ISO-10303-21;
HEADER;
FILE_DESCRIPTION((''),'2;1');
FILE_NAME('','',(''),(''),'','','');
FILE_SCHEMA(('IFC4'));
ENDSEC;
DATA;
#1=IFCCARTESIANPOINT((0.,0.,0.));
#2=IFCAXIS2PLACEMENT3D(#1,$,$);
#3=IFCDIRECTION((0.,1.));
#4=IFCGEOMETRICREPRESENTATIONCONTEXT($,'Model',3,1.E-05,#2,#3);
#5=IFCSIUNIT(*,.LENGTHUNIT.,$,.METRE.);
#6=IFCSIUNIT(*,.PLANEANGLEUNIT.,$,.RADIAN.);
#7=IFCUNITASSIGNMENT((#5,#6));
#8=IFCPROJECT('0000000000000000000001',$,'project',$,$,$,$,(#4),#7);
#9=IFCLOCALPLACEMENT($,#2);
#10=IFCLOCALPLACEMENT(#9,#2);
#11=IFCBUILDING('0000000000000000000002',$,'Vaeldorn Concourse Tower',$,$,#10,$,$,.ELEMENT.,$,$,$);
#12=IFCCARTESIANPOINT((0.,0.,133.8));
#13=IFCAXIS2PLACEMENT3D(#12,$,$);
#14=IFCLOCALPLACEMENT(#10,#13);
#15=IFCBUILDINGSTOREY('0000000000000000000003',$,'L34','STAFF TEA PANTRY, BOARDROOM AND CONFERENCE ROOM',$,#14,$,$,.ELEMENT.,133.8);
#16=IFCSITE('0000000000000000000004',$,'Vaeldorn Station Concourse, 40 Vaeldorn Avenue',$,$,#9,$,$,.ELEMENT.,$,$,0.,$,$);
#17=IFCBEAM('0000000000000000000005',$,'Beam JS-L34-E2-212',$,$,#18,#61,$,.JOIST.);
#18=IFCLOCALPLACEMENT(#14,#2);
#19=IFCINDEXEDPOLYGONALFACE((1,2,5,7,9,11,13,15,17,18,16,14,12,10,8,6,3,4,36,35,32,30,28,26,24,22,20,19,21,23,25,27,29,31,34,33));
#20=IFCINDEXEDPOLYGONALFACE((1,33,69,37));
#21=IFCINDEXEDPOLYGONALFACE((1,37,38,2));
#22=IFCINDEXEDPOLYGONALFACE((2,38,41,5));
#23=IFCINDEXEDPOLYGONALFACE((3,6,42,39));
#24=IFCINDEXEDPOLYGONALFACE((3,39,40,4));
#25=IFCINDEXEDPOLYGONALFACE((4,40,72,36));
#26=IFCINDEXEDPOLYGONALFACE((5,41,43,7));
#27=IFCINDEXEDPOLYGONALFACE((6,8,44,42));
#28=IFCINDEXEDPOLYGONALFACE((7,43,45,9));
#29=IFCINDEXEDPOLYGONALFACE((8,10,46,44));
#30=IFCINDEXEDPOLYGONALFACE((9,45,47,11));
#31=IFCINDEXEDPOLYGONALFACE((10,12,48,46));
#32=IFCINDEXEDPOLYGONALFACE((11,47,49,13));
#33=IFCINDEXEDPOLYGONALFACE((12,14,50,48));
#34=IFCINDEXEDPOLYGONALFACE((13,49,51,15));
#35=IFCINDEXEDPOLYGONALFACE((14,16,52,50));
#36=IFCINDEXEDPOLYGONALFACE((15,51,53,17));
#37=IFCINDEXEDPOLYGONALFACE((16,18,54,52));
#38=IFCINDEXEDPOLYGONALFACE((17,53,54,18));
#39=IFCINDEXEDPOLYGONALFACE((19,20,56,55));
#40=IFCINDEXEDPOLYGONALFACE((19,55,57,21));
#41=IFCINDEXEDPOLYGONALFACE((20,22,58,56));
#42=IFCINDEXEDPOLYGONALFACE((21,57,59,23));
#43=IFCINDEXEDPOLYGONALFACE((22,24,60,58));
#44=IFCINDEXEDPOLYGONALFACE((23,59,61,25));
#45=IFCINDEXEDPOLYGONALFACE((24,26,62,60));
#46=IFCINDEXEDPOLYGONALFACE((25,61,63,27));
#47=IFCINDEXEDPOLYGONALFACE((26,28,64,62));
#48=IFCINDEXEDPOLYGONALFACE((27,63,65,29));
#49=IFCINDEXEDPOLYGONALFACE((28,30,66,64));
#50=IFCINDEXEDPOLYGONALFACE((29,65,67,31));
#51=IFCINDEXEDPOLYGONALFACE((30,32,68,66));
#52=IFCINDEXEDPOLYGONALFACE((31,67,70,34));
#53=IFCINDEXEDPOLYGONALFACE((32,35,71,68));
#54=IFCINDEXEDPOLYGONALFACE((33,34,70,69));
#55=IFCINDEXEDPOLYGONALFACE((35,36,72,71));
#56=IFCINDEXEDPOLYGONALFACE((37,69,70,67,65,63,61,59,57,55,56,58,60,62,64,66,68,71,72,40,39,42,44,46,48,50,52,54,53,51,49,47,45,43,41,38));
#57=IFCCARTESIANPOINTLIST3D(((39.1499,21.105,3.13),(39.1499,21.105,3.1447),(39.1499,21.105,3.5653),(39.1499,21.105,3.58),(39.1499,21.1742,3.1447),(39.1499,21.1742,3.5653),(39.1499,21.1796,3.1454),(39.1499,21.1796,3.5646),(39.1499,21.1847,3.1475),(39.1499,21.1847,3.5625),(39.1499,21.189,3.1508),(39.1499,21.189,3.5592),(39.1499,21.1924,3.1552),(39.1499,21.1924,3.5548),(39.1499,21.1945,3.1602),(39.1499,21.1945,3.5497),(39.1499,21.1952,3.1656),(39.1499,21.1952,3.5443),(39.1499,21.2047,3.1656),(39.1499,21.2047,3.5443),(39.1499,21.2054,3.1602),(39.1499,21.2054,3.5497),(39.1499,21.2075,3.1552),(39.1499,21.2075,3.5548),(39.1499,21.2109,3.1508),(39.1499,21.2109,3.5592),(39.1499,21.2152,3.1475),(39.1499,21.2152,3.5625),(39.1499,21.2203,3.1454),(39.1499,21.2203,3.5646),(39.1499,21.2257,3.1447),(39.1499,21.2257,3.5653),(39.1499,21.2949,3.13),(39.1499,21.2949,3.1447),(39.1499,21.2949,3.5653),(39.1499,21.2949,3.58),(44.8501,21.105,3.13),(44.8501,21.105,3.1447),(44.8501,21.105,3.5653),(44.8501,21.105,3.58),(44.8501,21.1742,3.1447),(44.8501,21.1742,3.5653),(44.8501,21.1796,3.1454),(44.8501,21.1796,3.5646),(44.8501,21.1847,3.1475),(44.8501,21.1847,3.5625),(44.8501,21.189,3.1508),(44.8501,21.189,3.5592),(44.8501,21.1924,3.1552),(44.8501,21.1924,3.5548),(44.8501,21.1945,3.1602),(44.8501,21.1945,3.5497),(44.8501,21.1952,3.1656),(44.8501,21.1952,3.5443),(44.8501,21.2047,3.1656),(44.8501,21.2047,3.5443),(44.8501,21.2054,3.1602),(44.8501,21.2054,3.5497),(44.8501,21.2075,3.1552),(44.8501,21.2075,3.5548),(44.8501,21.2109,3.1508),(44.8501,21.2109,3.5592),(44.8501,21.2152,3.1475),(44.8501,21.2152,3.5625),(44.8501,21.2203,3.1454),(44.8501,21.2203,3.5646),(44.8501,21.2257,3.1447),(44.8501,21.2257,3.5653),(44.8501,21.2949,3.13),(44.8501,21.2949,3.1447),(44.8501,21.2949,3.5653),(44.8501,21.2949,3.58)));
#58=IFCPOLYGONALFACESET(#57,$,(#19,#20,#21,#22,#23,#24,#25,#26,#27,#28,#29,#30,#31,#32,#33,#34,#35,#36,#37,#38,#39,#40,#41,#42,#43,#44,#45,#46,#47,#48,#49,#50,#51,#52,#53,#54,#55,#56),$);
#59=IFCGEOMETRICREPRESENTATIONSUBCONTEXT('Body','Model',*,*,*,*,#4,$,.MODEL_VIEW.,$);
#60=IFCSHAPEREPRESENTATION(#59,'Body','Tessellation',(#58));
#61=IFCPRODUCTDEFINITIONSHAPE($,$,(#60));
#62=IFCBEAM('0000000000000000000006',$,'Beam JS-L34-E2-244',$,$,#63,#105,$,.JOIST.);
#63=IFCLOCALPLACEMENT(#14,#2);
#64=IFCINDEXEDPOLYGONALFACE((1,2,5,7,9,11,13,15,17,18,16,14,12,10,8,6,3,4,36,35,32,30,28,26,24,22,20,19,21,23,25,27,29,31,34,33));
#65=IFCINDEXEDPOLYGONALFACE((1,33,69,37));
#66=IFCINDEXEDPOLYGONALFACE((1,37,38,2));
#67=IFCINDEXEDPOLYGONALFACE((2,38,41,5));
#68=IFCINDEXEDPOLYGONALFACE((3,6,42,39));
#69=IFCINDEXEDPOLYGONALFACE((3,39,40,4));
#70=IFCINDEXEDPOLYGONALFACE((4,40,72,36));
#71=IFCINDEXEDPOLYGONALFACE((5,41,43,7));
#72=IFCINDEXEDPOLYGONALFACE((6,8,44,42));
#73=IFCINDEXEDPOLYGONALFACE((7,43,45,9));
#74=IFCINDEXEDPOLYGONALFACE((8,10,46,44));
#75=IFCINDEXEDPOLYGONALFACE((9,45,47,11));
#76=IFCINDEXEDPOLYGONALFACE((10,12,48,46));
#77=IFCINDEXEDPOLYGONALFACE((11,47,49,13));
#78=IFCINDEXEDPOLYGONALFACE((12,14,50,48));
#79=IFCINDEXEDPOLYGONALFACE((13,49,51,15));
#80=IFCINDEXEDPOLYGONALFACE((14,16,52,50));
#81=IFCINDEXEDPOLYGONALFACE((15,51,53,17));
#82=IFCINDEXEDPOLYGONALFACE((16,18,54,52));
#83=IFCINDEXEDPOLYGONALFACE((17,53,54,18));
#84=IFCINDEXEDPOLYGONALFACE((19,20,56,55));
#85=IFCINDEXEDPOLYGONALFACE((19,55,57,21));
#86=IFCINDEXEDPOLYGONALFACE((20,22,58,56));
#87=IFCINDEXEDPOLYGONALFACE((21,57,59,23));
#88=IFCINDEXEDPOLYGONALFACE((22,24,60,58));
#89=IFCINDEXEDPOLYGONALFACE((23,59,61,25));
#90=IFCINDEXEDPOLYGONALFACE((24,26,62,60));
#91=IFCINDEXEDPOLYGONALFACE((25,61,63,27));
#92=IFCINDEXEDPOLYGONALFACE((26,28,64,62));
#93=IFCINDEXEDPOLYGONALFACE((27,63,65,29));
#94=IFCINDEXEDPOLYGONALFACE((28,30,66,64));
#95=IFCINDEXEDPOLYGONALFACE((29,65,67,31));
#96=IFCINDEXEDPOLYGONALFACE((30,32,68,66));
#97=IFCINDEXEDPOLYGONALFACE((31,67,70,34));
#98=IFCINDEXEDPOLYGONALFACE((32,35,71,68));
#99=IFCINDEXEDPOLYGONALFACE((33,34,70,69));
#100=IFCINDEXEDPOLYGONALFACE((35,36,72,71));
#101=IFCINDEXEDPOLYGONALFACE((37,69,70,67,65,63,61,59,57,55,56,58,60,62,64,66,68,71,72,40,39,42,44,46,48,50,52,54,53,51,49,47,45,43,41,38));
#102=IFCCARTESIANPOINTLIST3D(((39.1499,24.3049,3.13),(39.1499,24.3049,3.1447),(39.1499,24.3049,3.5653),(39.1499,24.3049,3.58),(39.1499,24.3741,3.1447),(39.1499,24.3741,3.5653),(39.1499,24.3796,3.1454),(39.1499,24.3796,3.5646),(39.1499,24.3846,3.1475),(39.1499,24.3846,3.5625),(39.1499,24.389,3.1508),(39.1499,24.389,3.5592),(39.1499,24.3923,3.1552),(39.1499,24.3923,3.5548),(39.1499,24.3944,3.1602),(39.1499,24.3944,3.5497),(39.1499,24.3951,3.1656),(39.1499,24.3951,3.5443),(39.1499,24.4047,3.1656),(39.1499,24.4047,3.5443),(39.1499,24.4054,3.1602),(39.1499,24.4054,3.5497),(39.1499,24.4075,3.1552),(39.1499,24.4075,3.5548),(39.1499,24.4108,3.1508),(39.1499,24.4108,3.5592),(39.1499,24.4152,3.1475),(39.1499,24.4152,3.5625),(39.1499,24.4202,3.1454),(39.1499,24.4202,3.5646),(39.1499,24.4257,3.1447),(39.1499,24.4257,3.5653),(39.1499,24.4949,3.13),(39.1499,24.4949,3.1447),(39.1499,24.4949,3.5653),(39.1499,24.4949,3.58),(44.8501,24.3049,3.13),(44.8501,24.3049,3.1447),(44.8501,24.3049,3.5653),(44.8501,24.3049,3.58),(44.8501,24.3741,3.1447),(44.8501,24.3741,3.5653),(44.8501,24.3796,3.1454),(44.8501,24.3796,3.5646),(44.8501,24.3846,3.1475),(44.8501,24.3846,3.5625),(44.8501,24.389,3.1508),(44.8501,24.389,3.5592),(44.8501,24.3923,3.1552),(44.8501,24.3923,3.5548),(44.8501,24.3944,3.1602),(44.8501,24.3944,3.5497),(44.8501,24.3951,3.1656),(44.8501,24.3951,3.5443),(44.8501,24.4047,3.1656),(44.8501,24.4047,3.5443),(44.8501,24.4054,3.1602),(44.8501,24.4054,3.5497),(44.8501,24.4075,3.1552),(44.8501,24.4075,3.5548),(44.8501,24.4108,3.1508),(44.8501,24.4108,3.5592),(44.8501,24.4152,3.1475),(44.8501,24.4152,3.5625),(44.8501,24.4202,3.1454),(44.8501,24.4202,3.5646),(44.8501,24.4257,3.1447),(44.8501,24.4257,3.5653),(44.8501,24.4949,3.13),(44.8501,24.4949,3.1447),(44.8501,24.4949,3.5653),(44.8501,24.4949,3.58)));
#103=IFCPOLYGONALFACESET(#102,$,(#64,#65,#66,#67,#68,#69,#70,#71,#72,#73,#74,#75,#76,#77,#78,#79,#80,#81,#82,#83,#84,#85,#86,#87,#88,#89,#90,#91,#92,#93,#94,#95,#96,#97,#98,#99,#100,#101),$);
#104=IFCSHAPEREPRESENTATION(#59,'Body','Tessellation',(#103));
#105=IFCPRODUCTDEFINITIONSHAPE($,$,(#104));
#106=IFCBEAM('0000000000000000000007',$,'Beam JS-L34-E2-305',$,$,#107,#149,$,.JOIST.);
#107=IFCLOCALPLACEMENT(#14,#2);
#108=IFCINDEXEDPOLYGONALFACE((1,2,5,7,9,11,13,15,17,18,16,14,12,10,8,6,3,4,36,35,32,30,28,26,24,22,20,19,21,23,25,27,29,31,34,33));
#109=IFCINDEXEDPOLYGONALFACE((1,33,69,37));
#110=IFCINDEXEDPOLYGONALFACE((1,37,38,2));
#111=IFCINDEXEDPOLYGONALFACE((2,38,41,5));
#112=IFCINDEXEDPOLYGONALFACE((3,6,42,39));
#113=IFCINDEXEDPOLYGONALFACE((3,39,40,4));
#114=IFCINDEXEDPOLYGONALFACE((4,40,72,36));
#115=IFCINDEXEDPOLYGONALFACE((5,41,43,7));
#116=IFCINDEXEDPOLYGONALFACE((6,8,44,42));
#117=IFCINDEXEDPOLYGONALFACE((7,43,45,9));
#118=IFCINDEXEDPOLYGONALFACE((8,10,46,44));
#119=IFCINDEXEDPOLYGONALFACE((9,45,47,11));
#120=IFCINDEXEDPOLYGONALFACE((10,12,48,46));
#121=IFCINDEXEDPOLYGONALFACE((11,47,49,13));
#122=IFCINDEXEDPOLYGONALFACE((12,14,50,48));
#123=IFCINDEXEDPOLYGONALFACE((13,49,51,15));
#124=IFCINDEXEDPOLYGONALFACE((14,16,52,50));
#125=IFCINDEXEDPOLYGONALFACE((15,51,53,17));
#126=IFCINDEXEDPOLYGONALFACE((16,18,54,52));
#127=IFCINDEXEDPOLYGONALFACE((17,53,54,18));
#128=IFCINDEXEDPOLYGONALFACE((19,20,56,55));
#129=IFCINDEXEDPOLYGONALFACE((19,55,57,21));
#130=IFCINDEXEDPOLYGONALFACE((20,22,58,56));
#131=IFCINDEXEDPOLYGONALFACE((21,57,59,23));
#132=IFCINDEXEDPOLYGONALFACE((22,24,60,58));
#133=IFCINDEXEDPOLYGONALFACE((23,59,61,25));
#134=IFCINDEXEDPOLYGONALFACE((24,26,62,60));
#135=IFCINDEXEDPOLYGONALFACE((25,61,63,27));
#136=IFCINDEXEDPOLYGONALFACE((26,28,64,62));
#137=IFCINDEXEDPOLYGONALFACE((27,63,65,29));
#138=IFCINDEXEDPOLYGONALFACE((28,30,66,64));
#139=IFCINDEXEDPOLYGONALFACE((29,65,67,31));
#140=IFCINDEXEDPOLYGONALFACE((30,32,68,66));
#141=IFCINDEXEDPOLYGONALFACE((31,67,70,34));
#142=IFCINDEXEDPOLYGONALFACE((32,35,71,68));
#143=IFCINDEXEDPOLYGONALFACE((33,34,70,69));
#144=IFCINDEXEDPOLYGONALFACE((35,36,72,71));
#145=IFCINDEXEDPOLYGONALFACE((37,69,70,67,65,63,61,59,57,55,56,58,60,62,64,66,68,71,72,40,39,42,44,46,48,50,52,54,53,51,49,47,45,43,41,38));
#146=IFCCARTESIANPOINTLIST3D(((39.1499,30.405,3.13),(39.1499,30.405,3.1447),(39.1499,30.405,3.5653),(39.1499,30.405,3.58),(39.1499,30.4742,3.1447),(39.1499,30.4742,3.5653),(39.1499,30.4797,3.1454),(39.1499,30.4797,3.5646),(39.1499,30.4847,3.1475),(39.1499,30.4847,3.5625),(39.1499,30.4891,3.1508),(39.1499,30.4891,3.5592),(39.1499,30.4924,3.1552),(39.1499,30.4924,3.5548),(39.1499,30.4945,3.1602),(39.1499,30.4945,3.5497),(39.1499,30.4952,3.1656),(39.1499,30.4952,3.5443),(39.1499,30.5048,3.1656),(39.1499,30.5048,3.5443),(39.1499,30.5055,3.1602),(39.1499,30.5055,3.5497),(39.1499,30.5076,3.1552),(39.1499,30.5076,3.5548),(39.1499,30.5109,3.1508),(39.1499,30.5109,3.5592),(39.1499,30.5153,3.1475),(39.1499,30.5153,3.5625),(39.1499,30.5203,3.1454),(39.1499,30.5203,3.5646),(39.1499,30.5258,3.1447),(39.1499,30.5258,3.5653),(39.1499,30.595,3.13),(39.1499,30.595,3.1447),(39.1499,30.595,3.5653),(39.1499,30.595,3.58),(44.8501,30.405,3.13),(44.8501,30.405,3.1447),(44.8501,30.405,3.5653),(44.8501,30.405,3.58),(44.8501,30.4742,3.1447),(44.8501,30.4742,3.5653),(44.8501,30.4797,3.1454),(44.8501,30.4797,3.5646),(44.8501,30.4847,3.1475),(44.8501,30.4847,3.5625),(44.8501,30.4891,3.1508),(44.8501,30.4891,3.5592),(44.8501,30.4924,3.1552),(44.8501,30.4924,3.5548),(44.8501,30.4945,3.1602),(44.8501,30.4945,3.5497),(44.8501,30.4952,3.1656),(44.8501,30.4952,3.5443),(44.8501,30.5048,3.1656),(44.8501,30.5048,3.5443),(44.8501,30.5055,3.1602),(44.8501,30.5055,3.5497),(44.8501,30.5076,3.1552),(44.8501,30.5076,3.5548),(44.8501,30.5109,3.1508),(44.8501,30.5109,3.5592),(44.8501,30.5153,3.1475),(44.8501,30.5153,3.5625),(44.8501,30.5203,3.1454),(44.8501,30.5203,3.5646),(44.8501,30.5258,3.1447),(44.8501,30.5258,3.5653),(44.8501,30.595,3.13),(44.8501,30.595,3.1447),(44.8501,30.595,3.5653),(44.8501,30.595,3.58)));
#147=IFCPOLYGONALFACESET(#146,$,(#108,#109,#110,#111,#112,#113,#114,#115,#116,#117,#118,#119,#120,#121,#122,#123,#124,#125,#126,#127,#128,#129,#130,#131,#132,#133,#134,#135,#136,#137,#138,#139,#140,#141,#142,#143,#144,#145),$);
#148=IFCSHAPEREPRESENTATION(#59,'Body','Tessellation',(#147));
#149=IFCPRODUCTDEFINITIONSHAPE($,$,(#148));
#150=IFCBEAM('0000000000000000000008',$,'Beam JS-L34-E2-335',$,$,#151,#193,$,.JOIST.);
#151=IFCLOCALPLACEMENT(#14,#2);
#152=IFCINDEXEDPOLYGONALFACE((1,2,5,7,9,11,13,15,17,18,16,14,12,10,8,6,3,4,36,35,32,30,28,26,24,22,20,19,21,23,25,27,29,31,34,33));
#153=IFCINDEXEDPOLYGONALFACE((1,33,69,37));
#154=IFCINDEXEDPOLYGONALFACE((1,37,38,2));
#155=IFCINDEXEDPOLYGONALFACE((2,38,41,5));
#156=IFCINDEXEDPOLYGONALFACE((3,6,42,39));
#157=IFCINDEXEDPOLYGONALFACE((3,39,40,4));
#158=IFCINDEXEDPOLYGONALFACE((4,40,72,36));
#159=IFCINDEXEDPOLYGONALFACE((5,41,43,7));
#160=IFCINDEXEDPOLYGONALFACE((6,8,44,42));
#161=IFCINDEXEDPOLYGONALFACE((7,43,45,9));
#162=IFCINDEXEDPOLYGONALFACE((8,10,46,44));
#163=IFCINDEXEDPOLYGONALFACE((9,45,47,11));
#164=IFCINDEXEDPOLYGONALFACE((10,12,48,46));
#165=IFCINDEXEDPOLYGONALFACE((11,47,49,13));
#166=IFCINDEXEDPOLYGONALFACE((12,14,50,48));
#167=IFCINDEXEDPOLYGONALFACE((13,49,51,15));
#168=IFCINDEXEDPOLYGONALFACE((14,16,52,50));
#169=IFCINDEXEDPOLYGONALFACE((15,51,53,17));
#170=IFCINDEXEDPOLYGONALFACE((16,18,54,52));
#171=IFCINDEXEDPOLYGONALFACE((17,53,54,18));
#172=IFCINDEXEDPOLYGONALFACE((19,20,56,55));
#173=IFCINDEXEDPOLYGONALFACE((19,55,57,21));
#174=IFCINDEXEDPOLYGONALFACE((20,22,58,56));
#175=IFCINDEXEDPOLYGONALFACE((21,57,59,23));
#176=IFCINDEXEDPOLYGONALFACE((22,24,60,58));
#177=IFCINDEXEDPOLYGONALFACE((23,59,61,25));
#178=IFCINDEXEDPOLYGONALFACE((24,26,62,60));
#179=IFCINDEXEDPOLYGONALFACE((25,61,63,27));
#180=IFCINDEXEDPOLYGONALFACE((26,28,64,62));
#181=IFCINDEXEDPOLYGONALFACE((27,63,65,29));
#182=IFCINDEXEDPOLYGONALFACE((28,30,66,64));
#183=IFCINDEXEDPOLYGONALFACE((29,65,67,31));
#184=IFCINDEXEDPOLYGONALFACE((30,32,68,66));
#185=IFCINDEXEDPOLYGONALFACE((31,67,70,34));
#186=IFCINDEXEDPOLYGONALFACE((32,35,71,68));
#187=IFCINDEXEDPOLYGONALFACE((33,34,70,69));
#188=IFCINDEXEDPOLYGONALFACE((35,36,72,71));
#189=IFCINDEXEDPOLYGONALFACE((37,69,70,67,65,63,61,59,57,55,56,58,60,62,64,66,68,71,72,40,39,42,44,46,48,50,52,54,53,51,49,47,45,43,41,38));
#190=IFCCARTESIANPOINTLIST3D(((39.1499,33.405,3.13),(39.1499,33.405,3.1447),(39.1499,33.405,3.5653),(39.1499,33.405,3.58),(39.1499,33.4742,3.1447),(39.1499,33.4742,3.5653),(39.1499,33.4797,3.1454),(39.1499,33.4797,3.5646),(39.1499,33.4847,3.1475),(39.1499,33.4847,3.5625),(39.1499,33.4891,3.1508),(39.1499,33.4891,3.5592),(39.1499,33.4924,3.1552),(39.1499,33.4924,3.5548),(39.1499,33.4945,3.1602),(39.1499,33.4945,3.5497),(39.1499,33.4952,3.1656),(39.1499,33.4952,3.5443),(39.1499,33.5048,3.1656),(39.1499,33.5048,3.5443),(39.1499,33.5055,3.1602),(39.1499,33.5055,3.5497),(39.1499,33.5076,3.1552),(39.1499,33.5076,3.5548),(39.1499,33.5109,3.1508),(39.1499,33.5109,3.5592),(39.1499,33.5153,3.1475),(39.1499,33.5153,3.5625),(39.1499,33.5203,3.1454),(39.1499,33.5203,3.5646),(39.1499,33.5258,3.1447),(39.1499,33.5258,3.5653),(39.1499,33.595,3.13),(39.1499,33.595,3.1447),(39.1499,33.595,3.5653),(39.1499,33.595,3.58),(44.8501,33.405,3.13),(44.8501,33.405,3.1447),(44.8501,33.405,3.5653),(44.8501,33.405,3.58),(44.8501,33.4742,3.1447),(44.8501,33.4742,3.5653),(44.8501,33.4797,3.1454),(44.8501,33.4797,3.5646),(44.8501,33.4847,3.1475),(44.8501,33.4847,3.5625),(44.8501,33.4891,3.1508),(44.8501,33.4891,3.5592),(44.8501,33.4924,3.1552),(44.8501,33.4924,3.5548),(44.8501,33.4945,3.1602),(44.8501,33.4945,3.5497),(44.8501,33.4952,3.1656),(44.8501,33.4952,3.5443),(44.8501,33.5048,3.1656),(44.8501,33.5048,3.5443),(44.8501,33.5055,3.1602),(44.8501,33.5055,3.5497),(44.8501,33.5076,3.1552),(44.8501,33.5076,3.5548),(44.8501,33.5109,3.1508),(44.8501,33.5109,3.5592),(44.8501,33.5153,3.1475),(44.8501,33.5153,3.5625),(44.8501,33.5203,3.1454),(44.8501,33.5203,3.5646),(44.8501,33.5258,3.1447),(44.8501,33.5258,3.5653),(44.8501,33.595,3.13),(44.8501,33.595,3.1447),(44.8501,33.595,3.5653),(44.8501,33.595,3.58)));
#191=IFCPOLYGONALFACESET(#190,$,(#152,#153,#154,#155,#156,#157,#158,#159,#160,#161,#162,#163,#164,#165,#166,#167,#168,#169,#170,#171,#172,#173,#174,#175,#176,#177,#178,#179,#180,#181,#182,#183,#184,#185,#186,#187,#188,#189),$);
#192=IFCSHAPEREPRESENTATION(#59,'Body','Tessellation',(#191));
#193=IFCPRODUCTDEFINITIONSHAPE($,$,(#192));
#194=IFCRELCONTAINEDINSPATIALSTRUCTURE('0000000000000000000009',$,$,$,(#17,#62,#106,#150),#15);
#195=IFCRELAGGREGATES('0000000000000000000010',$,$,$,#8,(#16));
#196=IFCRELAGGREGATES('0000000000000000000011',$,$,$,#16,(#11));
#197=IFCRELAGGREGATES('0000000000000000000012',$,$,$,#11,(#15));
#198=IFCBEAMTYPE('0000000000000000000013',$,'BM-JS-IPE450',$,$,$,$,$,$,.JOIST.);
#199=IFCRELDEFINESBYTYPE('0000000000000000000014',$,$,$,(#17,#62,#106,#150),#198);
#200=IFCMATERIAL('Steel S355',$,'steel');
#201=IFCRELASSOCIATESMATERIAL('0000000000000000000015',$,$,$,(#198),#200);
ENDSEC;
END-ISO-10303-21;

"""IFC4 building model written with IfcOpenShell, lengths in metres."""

from ifc_helpers import new_model, si_unit, direction, frame, origin, origin_2d, place, context, subcontext, project, spatial, i_section, extrude, source, transform, mapped, material, material_profile, profile_set, type_object, element, save


model = new_model("IFC4")

# Units and contexts
model_context = context("Model", 3, precision=1e-05, world=origin(), true_north=direction((0.0, 1.0)))
body_context = subcontext(model_context, "Body", "Model", "MODEL_VIEW")
ifc_project = project(units=[si_unit("LENGTHUNIT", "METRE"), si_unit("PLANEANGLEUNIT", "RADIAN")], contexts=[model_context])

# Site, building, storey
site_placement = place(None, origin())
site = spatial("IfcSite", under=ifc_project, at=site_placement, Name="Vaeldorn Station Concourse, 40 Vaeldorn Avenue", CompositionType="ELEMENT", RefElevation=0.0)
building_placement = place(site_placement, origin())
building = spatial("IfcBuilding", under=site, at=building_placement, Name="Vaeldorn Concourse Tower", CompositionType="ELEMENT")
storey_placement = place(building_placement, frame((0.0, 0.0, 133.8)))
storey = spatial("IfcBuildingStorey", under=building, at=storey_placement, Name="L34", Description="STAFF TEA PANTRY, BOARDROOM AND CONFERENCE ROOM", CompositionType="ELEMENT", Elevation=133.8)

# Beams
ifc_material_1 = material(Name="Steel S355", Category="steel")
ifc_material_profile_1 = material_profile(ifc_material_1, i_section(OverallWidth=0.1899, OverallDepth=0.45, WebThickness=0.0095, FlangeThickness=0.0146, FilletRadius=0.021, at=origin_2d()), Name="IPE 450")
ifc_profile_set_1 = profile_set([ifc_material_profile_1], Name="Steel S355")
beam_type_1 = type_object("IfcBeamType", Name="BM-JS-IPE450", PredefinedType="JOIST", material=ifc_profile_set_1)
shared_shape_1 = source(origin(), body_context, "Body", "SweptSolid", [
    extrude(i_section(OverallWidth=0.1899, OverallDepth=0.45, WebThickness=0.0095, FlangeThickness=0.0146, FilletRadius=0.021, at=origin_2d()), origin(), (0.0, 0.0, 1.0), 5.7002),
])
for number, where, z_axis, x_axis, name in (
    (1, (39.1499, 21.2, 3.355), (1.0, 0.0, 0.0), (0.0, 1.0, 0.0), "Beam JS-L34-E2-212"),
    (2, (39.1499, 24.3999, 3.355), (1.0, 0.0, 0.0), (0.0, 1.0, 0.0), "Beam JS-L34-E2-244"),
    (3, (39.1499, 30.5, 3.355), (1.0, 0.0, 0.0), (0.0, 1.0, 0.0), "Beam JS-L34-E2-305"),
    (4, (39.1499, 33.5, 3.355), (1.0, 0.0, 0.0), (0.0, 1.0, 0.0), "Beam JS-L34-E2-335"),
):
    element("IfcBeam", number, at=place(storey_placement, frame(where, z_axis=z_axis, x_axis=x_axis)), inside=storey, type_object=beam_type_1, Name=name, PredefinedType="JOIST", context=body_context, shape_type="MappedRepresentation", body=[
        mapped(shared_shape_1, transform((0.0, 0.0, 0.0), scale=1.0)),
    ])

save(model, "model.ifc")
